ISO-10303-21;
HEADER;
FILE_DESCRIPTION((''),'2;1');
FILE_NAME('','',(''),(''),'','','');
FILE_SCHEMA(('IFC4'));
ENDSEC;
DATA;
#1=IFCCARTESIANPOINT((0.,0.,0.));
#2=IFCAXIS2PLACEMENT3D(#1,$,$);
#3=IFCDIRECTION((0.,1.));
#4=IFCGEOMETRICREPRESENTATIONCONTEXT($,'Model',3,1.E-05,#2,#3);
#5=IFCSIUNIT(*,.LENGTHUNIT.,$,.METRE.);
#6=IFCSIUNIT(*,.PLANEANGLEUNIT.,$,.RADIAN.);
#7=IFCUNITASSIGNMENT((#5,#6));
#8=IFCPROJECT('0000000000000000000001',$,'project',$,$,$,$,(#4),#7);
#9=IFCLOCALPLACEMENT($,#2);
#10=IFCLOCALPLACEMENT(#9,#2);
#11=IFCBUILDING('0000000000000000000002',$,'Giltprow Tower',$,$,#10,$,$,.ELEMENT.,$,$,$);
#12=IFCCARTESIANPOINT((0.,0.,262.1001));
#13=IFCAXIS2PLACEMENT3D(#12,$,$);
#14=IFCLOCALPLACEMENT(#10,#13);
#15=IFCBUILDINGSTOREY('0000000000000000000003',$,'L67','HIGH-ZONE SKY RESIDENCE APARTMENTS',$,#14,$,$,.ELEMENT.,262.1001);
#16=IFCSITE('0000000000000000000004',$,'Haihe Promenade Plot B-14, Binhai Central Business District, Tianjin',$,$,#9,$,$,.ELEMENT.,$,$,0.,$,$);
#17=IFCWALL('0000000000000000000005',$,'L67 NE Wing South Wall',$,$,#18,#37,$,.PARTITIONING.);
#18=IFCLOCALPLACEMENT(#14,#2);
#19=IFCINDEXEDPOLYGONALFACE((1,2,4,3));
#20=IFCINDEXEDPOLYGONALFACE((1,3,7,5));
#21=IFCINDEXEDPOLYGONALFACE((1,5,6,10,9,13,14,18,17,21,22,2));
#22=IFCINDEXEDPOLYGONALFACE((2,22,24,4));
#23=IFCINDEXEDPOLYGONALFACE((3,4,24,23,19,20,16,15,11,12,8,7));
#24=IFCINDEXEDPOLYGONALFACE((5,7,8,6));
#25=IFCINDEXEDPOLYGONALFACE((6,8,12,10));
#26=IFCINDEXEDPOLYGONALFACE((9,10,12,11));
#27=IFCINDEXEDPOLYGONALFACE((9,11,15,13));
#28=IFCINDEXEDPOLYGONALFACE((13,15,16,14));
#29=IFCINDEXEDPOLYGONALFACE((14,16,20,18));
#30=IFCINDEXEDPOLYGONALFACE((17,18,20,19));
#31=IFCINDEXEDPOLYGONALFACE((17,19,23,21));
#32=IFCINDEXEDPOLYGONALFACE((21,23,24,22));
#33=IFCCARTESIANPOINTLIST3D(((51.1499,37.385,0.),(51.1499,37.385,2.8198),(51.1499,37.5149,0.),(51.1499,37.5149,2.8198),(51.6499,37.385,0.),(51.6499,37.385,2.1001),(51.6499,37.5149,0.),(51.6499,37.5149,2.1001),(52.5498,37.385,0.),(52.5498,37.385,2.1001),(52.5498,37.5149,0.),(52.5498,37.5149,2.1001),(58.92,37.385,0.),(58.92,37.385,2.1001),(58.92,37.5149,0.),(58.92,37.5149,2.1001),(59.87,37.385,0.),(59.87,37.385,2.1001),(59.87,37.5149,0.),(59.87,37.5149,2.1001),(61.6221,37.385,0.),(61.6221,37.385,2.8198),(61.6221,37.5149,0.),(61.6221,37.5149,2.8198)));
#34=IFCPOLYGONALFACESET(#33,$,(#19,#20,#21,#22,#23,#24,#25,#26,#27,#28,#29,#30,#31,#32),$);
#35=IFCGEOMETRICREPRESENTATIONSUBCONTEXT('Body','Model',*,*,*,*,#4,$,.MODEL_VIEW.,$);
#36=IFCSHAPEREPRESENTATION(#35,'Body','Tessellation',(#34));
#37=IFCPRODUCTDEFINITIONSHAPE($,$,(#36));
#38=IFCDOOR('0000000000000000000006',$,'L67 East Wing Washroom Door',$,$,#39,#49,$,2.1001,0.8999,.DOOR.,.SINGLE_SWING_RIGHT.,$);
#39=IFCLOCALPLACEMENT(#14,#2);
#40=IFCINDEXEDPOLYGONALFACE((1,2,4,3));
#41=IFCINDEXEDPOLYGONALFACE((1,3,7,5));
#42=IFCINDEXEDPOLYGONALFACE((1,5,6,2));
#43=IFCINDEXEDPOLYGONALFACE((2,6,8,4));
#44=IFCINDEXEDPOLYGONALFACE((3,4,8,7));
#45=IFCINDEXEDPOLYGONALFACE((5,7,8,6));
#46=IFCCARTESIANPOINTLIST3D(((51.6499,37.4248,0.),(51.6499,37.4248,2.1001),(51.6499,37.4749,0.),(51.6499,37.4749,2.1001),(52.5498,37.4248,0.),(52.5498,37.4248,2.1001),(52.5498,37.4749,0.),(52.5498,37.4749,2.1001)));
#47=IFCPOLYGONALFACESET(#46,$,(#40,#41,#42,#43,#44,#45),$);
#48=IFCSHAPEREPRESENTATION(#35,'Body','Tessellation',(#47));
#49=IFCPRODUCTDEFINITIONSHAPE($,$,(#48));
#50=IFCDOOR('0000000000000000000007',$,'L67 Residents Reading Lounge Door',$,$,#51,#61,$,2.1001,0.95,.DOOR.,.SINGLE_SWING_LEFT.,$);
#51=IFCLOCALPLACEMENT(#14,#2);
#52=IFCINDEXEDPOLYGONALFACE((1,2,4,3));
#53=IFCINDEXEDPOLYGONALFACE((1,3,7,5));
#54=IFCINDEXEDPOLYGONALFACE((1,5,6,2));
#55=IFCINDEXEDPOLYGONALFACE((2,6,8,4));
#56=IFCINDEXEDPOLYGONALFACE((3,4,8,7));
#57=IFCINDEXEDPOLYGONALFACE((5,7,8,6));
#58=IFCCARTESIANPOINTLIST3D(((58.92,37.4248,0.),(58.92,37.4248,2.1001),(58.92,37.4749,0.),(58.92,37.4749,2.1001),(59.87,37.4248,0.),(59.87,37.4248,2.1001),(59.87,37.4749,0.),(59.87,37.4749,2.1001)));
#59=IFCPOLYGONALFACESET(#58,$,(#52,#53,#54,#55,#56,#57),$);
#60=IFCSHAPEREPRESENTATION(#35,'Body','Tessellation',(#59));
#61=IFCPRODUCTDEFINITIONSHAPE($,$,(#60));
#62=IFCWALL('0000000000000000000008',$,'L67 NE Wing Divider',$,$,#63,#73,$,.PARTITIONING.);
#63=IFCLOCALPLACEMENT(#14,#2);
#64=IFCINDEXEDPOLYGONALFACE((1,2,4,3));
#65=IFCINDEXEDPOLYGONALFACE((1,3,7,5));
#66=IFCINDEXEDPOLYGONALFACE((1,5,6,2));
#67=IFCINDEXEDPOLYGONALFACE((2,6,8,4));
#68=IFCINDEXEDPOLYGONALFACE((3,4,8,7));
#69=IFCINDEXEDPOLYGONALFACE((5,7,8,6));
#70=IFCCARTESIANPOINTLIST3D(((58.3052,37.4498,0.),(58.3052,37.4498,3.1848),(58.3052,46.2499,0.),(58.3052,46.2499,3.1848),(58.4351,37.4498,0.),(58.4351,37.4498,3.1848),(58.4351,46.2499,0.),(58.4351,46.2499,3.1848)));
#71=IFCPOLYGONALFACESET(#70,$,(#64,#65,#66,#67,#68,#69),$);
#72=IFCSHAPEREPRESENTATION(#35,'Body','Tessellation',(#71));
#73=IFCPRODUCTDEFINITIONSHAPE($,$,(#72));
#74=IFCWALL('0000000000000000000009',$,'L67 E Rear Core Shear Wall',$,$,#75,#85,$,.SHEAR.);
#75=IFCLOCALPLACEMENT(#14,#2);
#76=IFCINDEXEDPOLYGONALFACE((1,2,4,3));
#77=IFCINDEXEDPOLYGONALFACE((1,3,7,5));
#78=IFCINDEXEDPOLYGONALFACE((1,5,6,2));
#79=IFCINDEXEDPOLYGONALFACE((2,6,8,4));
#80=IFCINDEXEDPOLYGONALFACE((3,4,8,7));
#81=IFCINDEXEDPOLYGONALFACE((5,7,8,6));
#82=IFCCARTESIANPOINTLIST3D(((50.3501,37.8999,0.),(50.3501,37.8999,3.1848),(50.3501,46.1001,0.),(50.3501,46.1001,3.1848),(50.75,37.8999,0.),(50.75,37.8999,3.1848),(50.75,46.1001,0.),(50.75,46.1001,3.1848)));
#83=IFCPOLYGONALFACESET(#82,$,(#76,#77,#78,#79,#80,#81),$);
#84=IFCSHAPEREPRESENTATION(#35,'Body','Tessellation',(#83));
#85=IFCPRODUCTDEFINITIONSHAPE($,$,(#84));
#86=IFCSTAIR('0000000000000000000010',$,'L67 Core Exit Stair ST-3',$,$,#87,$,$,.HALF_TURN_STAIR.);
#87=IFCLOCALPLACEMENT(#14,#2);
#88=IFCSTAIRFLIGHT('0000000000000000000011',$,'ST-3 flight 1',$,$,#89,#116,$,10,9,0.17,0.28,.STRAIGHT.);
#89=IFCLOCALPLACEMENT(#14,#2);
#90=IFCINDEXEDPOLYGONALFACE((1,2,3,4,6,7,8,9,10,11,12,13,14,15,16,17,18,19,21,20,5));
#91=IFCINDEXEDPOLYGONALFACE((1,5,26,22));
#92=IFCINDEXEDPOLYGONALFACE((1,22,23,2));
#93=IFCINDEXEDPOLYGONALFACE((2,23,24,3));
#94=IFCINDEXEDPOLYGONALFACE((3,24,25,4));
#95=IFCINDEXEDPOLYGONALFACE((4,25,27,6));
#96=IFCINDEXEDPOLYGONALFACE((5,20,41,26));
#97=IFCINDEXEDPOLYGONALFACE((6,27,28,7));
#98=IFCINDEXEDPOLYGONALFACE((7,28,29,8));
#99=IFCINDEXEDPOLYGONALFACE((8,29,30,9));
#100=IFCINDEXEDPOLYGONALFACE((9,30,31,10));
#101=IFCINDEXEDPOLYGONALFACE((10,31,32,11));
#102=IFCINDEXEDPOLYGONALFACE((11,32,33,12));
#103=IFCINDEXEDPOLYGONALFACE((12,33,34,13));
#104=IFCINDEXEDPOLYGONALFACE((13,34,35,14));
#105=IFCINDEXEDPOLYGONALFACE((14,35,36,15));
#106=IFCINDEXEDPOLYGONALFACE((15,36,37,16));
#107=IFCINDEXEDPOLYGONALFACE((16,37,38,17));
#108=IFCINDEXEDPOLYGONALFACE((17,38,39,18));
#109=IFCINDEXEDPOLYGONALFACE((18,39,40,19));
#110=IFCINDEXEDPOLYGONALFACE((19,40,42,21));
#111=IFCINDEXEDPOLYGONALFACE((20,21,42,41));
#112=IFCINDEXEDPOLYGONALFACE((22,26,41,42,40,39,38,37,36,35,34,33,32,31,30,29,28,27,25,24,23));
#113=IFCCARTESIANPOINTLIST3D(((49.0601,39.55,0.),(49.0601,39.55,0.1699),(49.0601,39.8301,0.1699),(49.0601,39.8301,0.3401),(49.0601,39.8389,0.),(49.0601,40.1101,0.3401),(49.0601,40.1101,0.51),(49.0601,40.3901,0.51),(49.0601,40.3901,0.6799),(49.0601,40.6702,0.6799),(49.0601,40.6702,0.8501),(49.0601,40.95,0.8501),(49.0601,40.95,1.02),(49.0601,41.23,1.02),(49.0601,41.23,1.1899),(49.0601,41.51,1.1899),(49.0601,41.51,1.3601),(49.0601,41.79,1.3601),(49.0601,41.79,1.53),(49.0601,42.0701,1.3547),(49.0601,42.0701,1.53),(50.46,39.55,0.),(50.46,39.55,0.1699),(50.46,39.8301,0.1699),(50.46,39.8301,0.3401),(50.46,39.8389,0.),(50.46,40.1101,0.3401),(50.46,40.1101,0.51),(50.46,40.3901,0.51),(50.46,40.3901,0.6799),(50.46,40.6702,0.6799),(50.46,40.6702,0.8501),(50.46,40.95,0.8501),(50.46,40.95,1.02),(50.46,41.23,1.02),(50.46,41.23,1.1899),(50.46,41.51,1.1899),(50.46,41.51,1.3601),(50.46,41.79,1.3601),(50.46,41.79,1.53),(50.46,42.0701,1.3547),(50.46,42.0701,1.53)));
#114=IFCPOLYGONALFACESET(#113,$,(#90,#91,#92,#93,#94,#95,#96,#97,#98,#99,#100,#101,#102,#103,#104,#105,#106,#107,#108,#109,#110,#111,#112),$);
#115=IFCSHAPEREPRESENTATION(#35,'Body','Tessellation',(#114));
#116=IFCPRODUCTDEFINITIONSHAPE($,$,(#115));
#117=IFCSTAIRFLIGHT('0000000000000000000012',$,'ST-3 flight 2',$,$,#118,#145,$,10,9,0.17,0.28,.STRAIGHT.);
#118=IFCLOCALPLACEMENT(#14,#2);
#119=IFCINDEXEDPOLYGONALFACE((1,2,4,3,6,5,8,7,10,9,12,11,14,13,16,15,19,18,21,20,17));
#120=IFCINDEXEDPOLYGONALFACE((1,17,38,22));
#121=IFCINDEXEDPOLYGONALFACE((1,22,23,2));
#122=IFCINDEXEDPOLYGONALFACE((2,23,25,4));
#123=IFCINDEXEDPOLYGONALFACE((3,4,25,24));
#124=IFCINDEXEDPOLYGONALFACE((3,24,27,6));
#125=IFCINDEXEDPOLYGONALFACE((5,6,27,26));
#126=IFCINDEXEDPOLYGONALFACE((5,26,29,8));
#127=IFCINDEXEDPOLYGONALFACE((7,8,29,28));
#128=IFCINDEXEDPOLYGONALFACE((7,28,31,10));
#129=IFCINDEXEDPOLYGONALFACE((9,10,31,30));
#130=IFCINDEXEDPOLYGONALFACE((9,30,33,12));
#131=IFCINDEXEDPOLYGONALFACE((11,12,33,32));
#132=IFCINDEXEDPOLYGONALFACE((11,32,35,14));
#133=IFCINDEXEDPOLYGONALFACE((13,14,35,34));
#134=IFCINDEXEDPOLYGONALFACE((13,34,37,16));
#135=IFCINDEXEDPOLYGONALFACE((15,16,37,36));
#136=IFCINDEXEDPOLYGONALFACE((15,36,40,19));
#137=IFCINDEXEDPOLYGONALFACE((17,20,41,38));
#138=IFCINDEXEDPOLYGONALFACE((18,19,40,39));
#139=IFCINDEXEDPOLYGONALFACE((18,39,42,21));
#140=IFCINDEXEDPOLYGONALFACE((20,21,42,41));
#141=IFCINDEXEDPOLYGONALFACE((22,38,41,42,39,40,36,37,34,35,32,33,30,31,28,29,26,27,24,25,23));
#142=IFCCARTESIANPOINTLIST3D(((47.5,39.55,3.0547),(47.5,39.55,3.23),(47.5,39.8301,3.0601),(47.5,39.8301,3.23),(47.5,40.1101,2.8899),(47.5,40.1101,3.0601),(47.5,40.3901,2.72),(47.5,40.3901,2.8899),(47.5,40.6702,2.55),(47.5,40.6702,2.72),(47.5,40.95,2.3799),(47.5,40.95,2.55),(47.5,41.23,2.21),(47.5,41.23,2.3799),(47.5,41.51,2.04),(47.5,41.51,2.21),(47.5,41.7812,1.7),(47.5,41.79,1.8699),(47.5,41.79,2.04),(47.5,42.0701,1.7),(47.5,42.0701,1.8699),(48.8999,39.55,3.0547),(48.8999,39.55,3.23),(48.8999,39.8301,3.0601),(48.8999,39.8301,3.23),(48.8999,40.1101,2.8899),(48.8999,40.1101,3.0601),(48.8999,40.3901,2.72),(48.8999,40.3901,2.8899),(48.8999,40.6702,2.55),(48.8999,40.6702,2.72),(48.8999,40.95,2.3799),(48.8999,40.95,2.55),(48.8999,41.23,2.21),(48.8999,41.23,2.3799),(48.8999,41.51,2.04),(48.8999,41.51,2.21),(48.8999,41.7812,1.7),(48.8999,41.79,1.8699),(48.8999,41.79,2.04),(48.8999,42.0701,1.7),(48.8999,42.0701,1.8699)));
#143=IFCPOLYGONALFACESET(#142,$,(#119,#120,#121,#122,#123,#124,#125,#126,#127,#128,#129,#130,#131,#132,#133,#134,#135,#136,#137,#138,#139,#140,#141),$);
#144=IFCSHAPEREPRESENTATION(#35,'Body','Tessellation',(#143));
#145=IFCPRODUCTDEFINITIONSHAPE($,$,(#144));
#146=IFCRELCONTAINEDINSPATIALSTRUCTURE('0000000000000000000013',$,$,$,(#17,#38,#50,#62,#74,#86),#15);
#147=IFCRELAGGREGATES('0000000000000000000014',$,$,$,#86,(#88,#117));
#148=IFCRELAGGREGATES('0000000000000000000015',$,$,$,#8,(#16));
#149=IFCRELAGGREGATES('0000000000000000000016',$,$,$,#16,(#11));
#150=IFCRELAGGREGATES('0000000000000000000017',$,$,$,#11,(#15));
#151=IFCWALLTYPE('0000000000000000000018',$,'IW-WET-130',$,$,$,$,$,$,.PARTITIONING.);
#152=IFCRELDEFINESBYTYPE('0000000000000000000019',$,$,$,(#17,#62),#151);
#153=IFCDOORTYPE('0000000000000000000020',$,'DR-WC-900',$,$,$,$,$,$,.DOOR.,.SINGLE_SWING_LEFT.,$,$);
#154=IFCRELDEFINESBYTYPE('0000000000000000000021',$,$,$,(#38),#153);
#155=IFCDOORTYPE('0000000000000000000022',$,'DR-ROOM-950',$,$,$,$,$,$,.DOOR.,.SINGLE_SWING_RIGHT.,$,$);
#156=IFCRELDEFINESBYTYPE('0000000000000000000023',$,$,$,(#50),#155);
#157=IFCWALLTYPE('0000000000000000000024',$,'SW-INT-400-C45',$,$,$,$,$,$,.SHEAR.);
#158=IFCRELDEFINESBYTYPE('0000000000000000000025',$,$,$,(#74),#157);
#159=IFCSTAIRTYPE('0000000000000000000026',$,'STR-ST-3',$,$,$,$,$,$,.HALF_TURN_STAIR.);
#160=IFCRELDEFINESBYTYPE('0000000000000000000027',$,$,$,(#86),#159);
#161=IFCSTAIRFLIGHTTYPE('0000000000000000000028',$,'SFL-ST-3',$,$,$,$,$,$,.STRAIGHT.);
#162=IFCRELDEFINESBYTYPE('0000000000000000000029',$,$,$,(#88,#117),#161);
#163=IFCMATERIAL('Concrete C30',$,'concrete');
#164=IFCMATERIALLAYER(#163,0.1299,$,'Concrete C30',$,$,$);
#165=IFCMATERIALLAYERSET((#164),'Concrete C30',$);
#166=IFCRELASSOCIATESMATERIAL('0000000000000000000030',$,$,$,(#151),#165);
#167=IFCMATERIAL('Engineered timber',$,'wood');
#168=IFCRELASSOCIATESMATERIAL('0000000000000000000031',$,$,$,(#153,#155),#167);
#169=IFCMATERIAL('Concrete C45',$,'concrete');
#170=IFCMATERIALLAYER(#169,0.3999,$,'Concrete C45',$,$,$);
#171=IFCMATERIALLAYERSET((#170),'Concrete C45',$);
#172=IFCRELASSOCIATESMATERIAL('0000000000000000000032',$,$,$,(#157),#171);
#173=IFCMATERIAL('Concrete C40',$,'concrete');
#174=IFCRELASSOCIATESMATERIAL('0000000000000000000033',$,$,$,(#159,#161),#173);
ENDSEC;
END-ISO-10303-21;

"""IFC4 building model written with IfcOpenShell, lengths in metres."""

from ifc_helpers import new_model, si_unit, direction, frame, frame_2d, origin, place, context, subcontext, project, spatial, polyline, rectangle, outline, extrude, source, transform, mapped, material, layer, layer_set, type_object, element, fill, aggregate, save


model = new_model("IFC4")

# Units and contexts
model_context = context("Model", 3, precision=1e-05, world=origin(), true_north=direction((0.0, 1.0)))
body_context = subcontext(model_context, "Body", "Model", "MODEL_VIEW")
ifc_project = project(units=[si_unit("LENGTHUNIT", "METRE"), si_unit("PLANEANGLEUNIT", "RADIAN")], contexts=[model_context])

# Site, building, storey
site_placement = place(None, origin())
site = spatial("IfcSite", under=ifc_project, at=site_placement, Name="Haihe Promenade Plot B-14, Binhai Central Business District, Tianjin", CompositionType="ELEMENT", RefElevation=0.0)
building_placement = place(site_placement, origin())
building = spatial("IfcBuilding", under=site, at=building_placement, Name="Giltprow Tower", CompositionType="ELEMENT")
storey_placement = place(building_placement, frame((0.0, 0.0, 262.1001)))
storey = spatial("IfcBuildingStorey", under=building, at=storey_placement, Name="L67", Description="HIGH-ZONE SKY RESIDENCE APARTMENTS", CompositionType="ELEMENT", Elevation=262.1001)

# Shared definitions
ifc_material_1 = material(Name="Concrete C45", Category="concrete")

# Shared definitions
ifc_material_2 = material(Name="Concrete C30", Category="concrete")
ifc_layer_1 = layer(ifc_material_2, 0.1299, Name="Concrete C30")
ifc_layer_set_1 = layer_set([ifc_layer_1], Name="Concrete C30")
wall_type_1 = type_object("IfcWallType", Name="IW-WET-130", PredefinedType="PARTITIONING", material=ifc_layer_set_1)

# Shared definitions
ifc_material_3 = material(Name="Engineered timber", Category="wood")
door_type_1 = type_object("IfcDoorType", Name="DR-WC-900", OperationType="SINGLE_SWING_LEFT", PredefinedType="DOOR", material=ifc_material_3)
shared_shape_1 = source(origin(), body_context, "Body", "SweptSolid", [
    extrude(rectangle(XDim=0.8999, YDim=2.1001, at=frame_2d((0.45, 1.05))), frame((0.0, 0.0249, 0.0), z_axis=(0.0, -1.0, 0.0), x_axis=(1.0, 0.0, 0.0)), (0.0, 0.0, 1.0), 0.05),
])

# Wall, openings, doors
wall_1_placement = place(storey_placement, frame((51.1499, 37.45, 0.0), z_axis=(0.0, 0.0, 1.0), x_axis=(1.0, 0.0, 0.0)))
wall_1 = element("IfcWall", 1, at=wall_1_placement, inside=storey, type_object=wall_type_1, Name="L67 NE Wing South Wall", PredefinedType="PARTITIONING", context=body_context, shape_type="SweptSolid", body=[
    extrude(rectangle(XDim=10.4722, YDim=0.1299, at=frame_2d((5.2361, 0.0))), origin(), (0.0, 0.0, 1.0), 2.8198),
])
opening_1_placement = place(wall_1_placement, frame((0.5, 0.0, 0.0)))
opening_1 = element("IfcOpeningElement", 2, at=opening_1_placement, cuts=wall_1, PredefinedType="OPENING", context=body_context, shape_type="SweptSolid", body=[
    extrude(rectangle(XDim=0.8999, YDim=2.1001, at=frame_2d((0.45, 1.05))), frame((0.0, 0.075, 0.0), z_axis=(0.0, -1.0, 0.0), x_axis=(1.0, 0.0, 0.0)), (0.0, 0.0, 1.0), 0.1499),
])
opening_2_placement = place(wall_1_placement, frame((7.77, 0.0, 0.0)))
opening_2 = element("IfcOpeningElement", 3, at=opening_2_placement, cuts=wall_1, PredefinedType="OPENING", context=body_context, shape_type="SweptSolid", body=[
    extrude(rectangle(XDim=0.95, YDim=2.1001, at=frame_2d((0.4751, 1.05))), frame((0.0, 0.075, 0.0), z_axis=(0.0, -1.0, 0.0), x_axis=(1.0, 0.0, 0.0)), (0.0, 0.0, 1.0), 0.1499),
])
door_1_placement = place(opening_1_placement, origin())
door_1 = element("IfcDoor", 4, at=door_1_placement, inside=storey, type_object=door_type_1, Name="L67 East Wing Washroom Door", OperationType="SINGLE_SWING_RIGHT", OverallHeight=2.1001, OverallWidth=0.8999, PredefinedType="DOOR", context=body_context, shape_type="MappedRepresentation", body=[
    mapped(shared_shape_1, transform((0.0, 0.0, 0.0), x_axis=(1.0, 0.0, 0.0), y_axis=(0.0, 1.0, 0.0), z_axis=(0.0, 0.0, 1.0), scale=1.0)),
])
fill(opening_1, door_1)
door_type_2 = type_object("IfcDoorType", Name="DR-ROOM-950", OperationType="SINGLE_SWING_RIGHT", PredefinedType="DOOR", material=ifc_material_3)
shared_shape_2 = source(origin(), body_context, "Body", "SweptSolid", [
    extrude(rectangle(XDim=0.95, YDim=2.1001, at=frame_2d((0.4751, 1.05))), frame((0.0, 0.0249, 0.0), z_axis=(0.0, -1.0, 0.0), x_axis=(1.0, 0.0, 0.0)), (0.0, 0.0, 1.0), 0.05),
])
door_2_placement = place(opening_2_placement, origin())
door_2 = element("IfcDoor", 5, at=door_2_placement, inside=storey, type_object=door_type_2, Name="L67 Residents Reading Lounge Door", OperationType="SINGLE_SWING_LEFT", OverallHeight=2.1001, OverallWidth=0.95, PredefinedType="DOOR", context=body_context, shape_type="MappedRepresentation", body=[
    mapped(shared_shape_2, transform((0.0, 0.0, 0.0), x_axis=(1.0, 0.0, 0.0), y_axis=(0.0, 1.0, 0.0), z_axis=(0.0, 0.0, 1.0), scale=1.0)),
])
fill(opening_2, door_2)

# Walls
wall_2_placement = place(storey_placement, frame((58.3701, 37.45, 0.0), z_axis=(0.0, 0.0, 1.0), x_axis=(0.0, 1.0, 0.0)))
element("IfcWall", 6, at=wall_2_placement, inside=storey, type_object=wall_type_1, Name="L67 NE Wing Divider", PredefinedType="PARTITIONING", context=body_context, shape_type="SweptSolid", body=[
    extrude(rectangle(XDim=8.8, YDim=0.1299, at=frame_2d((4.3999, 0.0))), origin(), (0.0, 0.0, 1.0), 3.1848),
])
ifc_layer_2 = layer(ifc_material_1, 0.3999, Name="Concrete C45")
ifc_layer_set_2 = layer_set([ifc_layer_2], Name="Concrete C45")
wall_type_2 = type_object("IfcWallType", Name="SW-INT-400-C45", PredefinedType="SHEAR", material=ifc_layer_set_2)
wall_3_placement = place(storey_placement, frame((50.55, 37.8999, 0.0), z_axis=(0.0, 0.0, 1.0), x_axis=(0.0, 1.0, 0.0)))
element("IfcWall", 7, at=wall_3_placement, inside=storey, type_object=wall_type_2, Name="L67 E Rear Core Shear Wall", PredefinedType="SHEAR", context=body_context, shape_type="SweptSolid", body=[
    extrude(rectangle(XDim=8.2002, YDim=0.3999, at=frame_2d((4.1001, 0.0))), origin(), (0.0, 0.0, 1.0), 3.1848),
])

# Stair, stair flights
ifc_material_4 = material(Name="Concrete C40", Category="concrete")
stair_type = type_object("IfcStairType", Name="STR-ST-3", PredefinedType="HALF_TURN_STAIR", material=ifc_material_4)
stair_placement = place(storey_placement, origin())
stair = element("IfcStair", 8, at=stair_placement, inside=storey, type_object=stair_type, Name="L67 Core Exit Stair ST-3", PredefinedType="HALF_TURN_STAIR")
stair_flight_type = type_object("IfcStairFlightType", Name="SFL-ST-3", PredefinedType="STRAIGHT", material=ifc_material_4)
stair_flight_1_placement = place(storey_placement, frame((49.76, 39.55, 0.0), z_axis=(0.0, 0.0, 1.0), x_axis=(0.0, 1.0, 0.0)))
stair_flight_1 = element("IfcStairFlight", 9, at=stair_flight_1_placement, type_object=stair_flight_type, Name="ST-3 flight 1", NumberOfRisers=10, NumberOfTreads=9, PredefinedType="STRAIGHT", RiserHeight=0.17, TreadLength=0.28, context=body_context, shape_type="SweptSolid", body=[
    extrude(outline(polyline([(0.0, 0.0), (0.0, 0.1699), (0.28, 0.1699), (0.28, 0.3401), (0.5601, 0.3401), (0.5601, 0.51), (0.8401, 0.51), (0.8401, 0.6799), (1.1201, 0.6799), (1.1201, 0.8501), (1.3999, 0.8501), (1.3999, 1.02), (1.6799, 1.02), (1.6799, 1.1899), (1.96, 1.1899), (1.96, 1.3601), (2.24, 1.3601), (2.24, 1.53), (2.52, 1.53), (2.52, 1.7), (2.52, 1.3547), (0.2888, 0.0), (0.0, 0.0)])), frame((0.0, 0.7, 0.0), z_axis=(0.0, -1.0, 0.0), x_axis=(1.0, 0.0, 0.0)), (0.0, 0.0, 1.0), 1.3999),
])
stair_flight_2_placement = place(storey_placement, frame((48.2, 42.0701, 1.7), z_axis=(0.0, 0.0, 1.0), x_axis=(0.0, -1.0, 0.0)))
stair_flight_2 = element("IfcStairFlight", 10, at=stair_flight_2_placement, type_object=stair_flight_type, Name="ST-3 flight 2", NumberOfRisers=10, NumberOfTreads=9, PredefinedType="STRAIGHT", RiserHeight=0.17, TreadLength=0.28, context=body_context, shape_type="SweptSolid", body=[
    extrude(outline(polyline([(0.0, 0.0), (0.0, 0.1699), (0.28, 0.1699), (0.28, 0.3401), (0.5601, 0.3401), (0.5601, 0.51), (0.8401, 0.51), (0.8401, 0.6799), (1.1201, 0.6799), (1.1201, 0.8501), (1.3999, 0.8501), (1.3999, 1.02), (1.6799, 1.02), (1.6799, 1.1899), (1.96, 1.1899), (1.96, 1.3601), (2.24, 1.3601), (2.24, 1.53), (2.52, 1.53), (2.52, 1.7), (2.52, 1.3547), (0.2888, 0.0), (0.0, 0.0)])), frame((0.0, 0.7, 0.0), z_axis=(0.0, -1.0, 0.0), x_axis=(1.0, 0.0, 0.0)), (0.0, 0.0, 1.0), 1.3999),
])
aggregate(stair, [stair_flight_1, stair_flight_2])

save(model, "model.ifc")
